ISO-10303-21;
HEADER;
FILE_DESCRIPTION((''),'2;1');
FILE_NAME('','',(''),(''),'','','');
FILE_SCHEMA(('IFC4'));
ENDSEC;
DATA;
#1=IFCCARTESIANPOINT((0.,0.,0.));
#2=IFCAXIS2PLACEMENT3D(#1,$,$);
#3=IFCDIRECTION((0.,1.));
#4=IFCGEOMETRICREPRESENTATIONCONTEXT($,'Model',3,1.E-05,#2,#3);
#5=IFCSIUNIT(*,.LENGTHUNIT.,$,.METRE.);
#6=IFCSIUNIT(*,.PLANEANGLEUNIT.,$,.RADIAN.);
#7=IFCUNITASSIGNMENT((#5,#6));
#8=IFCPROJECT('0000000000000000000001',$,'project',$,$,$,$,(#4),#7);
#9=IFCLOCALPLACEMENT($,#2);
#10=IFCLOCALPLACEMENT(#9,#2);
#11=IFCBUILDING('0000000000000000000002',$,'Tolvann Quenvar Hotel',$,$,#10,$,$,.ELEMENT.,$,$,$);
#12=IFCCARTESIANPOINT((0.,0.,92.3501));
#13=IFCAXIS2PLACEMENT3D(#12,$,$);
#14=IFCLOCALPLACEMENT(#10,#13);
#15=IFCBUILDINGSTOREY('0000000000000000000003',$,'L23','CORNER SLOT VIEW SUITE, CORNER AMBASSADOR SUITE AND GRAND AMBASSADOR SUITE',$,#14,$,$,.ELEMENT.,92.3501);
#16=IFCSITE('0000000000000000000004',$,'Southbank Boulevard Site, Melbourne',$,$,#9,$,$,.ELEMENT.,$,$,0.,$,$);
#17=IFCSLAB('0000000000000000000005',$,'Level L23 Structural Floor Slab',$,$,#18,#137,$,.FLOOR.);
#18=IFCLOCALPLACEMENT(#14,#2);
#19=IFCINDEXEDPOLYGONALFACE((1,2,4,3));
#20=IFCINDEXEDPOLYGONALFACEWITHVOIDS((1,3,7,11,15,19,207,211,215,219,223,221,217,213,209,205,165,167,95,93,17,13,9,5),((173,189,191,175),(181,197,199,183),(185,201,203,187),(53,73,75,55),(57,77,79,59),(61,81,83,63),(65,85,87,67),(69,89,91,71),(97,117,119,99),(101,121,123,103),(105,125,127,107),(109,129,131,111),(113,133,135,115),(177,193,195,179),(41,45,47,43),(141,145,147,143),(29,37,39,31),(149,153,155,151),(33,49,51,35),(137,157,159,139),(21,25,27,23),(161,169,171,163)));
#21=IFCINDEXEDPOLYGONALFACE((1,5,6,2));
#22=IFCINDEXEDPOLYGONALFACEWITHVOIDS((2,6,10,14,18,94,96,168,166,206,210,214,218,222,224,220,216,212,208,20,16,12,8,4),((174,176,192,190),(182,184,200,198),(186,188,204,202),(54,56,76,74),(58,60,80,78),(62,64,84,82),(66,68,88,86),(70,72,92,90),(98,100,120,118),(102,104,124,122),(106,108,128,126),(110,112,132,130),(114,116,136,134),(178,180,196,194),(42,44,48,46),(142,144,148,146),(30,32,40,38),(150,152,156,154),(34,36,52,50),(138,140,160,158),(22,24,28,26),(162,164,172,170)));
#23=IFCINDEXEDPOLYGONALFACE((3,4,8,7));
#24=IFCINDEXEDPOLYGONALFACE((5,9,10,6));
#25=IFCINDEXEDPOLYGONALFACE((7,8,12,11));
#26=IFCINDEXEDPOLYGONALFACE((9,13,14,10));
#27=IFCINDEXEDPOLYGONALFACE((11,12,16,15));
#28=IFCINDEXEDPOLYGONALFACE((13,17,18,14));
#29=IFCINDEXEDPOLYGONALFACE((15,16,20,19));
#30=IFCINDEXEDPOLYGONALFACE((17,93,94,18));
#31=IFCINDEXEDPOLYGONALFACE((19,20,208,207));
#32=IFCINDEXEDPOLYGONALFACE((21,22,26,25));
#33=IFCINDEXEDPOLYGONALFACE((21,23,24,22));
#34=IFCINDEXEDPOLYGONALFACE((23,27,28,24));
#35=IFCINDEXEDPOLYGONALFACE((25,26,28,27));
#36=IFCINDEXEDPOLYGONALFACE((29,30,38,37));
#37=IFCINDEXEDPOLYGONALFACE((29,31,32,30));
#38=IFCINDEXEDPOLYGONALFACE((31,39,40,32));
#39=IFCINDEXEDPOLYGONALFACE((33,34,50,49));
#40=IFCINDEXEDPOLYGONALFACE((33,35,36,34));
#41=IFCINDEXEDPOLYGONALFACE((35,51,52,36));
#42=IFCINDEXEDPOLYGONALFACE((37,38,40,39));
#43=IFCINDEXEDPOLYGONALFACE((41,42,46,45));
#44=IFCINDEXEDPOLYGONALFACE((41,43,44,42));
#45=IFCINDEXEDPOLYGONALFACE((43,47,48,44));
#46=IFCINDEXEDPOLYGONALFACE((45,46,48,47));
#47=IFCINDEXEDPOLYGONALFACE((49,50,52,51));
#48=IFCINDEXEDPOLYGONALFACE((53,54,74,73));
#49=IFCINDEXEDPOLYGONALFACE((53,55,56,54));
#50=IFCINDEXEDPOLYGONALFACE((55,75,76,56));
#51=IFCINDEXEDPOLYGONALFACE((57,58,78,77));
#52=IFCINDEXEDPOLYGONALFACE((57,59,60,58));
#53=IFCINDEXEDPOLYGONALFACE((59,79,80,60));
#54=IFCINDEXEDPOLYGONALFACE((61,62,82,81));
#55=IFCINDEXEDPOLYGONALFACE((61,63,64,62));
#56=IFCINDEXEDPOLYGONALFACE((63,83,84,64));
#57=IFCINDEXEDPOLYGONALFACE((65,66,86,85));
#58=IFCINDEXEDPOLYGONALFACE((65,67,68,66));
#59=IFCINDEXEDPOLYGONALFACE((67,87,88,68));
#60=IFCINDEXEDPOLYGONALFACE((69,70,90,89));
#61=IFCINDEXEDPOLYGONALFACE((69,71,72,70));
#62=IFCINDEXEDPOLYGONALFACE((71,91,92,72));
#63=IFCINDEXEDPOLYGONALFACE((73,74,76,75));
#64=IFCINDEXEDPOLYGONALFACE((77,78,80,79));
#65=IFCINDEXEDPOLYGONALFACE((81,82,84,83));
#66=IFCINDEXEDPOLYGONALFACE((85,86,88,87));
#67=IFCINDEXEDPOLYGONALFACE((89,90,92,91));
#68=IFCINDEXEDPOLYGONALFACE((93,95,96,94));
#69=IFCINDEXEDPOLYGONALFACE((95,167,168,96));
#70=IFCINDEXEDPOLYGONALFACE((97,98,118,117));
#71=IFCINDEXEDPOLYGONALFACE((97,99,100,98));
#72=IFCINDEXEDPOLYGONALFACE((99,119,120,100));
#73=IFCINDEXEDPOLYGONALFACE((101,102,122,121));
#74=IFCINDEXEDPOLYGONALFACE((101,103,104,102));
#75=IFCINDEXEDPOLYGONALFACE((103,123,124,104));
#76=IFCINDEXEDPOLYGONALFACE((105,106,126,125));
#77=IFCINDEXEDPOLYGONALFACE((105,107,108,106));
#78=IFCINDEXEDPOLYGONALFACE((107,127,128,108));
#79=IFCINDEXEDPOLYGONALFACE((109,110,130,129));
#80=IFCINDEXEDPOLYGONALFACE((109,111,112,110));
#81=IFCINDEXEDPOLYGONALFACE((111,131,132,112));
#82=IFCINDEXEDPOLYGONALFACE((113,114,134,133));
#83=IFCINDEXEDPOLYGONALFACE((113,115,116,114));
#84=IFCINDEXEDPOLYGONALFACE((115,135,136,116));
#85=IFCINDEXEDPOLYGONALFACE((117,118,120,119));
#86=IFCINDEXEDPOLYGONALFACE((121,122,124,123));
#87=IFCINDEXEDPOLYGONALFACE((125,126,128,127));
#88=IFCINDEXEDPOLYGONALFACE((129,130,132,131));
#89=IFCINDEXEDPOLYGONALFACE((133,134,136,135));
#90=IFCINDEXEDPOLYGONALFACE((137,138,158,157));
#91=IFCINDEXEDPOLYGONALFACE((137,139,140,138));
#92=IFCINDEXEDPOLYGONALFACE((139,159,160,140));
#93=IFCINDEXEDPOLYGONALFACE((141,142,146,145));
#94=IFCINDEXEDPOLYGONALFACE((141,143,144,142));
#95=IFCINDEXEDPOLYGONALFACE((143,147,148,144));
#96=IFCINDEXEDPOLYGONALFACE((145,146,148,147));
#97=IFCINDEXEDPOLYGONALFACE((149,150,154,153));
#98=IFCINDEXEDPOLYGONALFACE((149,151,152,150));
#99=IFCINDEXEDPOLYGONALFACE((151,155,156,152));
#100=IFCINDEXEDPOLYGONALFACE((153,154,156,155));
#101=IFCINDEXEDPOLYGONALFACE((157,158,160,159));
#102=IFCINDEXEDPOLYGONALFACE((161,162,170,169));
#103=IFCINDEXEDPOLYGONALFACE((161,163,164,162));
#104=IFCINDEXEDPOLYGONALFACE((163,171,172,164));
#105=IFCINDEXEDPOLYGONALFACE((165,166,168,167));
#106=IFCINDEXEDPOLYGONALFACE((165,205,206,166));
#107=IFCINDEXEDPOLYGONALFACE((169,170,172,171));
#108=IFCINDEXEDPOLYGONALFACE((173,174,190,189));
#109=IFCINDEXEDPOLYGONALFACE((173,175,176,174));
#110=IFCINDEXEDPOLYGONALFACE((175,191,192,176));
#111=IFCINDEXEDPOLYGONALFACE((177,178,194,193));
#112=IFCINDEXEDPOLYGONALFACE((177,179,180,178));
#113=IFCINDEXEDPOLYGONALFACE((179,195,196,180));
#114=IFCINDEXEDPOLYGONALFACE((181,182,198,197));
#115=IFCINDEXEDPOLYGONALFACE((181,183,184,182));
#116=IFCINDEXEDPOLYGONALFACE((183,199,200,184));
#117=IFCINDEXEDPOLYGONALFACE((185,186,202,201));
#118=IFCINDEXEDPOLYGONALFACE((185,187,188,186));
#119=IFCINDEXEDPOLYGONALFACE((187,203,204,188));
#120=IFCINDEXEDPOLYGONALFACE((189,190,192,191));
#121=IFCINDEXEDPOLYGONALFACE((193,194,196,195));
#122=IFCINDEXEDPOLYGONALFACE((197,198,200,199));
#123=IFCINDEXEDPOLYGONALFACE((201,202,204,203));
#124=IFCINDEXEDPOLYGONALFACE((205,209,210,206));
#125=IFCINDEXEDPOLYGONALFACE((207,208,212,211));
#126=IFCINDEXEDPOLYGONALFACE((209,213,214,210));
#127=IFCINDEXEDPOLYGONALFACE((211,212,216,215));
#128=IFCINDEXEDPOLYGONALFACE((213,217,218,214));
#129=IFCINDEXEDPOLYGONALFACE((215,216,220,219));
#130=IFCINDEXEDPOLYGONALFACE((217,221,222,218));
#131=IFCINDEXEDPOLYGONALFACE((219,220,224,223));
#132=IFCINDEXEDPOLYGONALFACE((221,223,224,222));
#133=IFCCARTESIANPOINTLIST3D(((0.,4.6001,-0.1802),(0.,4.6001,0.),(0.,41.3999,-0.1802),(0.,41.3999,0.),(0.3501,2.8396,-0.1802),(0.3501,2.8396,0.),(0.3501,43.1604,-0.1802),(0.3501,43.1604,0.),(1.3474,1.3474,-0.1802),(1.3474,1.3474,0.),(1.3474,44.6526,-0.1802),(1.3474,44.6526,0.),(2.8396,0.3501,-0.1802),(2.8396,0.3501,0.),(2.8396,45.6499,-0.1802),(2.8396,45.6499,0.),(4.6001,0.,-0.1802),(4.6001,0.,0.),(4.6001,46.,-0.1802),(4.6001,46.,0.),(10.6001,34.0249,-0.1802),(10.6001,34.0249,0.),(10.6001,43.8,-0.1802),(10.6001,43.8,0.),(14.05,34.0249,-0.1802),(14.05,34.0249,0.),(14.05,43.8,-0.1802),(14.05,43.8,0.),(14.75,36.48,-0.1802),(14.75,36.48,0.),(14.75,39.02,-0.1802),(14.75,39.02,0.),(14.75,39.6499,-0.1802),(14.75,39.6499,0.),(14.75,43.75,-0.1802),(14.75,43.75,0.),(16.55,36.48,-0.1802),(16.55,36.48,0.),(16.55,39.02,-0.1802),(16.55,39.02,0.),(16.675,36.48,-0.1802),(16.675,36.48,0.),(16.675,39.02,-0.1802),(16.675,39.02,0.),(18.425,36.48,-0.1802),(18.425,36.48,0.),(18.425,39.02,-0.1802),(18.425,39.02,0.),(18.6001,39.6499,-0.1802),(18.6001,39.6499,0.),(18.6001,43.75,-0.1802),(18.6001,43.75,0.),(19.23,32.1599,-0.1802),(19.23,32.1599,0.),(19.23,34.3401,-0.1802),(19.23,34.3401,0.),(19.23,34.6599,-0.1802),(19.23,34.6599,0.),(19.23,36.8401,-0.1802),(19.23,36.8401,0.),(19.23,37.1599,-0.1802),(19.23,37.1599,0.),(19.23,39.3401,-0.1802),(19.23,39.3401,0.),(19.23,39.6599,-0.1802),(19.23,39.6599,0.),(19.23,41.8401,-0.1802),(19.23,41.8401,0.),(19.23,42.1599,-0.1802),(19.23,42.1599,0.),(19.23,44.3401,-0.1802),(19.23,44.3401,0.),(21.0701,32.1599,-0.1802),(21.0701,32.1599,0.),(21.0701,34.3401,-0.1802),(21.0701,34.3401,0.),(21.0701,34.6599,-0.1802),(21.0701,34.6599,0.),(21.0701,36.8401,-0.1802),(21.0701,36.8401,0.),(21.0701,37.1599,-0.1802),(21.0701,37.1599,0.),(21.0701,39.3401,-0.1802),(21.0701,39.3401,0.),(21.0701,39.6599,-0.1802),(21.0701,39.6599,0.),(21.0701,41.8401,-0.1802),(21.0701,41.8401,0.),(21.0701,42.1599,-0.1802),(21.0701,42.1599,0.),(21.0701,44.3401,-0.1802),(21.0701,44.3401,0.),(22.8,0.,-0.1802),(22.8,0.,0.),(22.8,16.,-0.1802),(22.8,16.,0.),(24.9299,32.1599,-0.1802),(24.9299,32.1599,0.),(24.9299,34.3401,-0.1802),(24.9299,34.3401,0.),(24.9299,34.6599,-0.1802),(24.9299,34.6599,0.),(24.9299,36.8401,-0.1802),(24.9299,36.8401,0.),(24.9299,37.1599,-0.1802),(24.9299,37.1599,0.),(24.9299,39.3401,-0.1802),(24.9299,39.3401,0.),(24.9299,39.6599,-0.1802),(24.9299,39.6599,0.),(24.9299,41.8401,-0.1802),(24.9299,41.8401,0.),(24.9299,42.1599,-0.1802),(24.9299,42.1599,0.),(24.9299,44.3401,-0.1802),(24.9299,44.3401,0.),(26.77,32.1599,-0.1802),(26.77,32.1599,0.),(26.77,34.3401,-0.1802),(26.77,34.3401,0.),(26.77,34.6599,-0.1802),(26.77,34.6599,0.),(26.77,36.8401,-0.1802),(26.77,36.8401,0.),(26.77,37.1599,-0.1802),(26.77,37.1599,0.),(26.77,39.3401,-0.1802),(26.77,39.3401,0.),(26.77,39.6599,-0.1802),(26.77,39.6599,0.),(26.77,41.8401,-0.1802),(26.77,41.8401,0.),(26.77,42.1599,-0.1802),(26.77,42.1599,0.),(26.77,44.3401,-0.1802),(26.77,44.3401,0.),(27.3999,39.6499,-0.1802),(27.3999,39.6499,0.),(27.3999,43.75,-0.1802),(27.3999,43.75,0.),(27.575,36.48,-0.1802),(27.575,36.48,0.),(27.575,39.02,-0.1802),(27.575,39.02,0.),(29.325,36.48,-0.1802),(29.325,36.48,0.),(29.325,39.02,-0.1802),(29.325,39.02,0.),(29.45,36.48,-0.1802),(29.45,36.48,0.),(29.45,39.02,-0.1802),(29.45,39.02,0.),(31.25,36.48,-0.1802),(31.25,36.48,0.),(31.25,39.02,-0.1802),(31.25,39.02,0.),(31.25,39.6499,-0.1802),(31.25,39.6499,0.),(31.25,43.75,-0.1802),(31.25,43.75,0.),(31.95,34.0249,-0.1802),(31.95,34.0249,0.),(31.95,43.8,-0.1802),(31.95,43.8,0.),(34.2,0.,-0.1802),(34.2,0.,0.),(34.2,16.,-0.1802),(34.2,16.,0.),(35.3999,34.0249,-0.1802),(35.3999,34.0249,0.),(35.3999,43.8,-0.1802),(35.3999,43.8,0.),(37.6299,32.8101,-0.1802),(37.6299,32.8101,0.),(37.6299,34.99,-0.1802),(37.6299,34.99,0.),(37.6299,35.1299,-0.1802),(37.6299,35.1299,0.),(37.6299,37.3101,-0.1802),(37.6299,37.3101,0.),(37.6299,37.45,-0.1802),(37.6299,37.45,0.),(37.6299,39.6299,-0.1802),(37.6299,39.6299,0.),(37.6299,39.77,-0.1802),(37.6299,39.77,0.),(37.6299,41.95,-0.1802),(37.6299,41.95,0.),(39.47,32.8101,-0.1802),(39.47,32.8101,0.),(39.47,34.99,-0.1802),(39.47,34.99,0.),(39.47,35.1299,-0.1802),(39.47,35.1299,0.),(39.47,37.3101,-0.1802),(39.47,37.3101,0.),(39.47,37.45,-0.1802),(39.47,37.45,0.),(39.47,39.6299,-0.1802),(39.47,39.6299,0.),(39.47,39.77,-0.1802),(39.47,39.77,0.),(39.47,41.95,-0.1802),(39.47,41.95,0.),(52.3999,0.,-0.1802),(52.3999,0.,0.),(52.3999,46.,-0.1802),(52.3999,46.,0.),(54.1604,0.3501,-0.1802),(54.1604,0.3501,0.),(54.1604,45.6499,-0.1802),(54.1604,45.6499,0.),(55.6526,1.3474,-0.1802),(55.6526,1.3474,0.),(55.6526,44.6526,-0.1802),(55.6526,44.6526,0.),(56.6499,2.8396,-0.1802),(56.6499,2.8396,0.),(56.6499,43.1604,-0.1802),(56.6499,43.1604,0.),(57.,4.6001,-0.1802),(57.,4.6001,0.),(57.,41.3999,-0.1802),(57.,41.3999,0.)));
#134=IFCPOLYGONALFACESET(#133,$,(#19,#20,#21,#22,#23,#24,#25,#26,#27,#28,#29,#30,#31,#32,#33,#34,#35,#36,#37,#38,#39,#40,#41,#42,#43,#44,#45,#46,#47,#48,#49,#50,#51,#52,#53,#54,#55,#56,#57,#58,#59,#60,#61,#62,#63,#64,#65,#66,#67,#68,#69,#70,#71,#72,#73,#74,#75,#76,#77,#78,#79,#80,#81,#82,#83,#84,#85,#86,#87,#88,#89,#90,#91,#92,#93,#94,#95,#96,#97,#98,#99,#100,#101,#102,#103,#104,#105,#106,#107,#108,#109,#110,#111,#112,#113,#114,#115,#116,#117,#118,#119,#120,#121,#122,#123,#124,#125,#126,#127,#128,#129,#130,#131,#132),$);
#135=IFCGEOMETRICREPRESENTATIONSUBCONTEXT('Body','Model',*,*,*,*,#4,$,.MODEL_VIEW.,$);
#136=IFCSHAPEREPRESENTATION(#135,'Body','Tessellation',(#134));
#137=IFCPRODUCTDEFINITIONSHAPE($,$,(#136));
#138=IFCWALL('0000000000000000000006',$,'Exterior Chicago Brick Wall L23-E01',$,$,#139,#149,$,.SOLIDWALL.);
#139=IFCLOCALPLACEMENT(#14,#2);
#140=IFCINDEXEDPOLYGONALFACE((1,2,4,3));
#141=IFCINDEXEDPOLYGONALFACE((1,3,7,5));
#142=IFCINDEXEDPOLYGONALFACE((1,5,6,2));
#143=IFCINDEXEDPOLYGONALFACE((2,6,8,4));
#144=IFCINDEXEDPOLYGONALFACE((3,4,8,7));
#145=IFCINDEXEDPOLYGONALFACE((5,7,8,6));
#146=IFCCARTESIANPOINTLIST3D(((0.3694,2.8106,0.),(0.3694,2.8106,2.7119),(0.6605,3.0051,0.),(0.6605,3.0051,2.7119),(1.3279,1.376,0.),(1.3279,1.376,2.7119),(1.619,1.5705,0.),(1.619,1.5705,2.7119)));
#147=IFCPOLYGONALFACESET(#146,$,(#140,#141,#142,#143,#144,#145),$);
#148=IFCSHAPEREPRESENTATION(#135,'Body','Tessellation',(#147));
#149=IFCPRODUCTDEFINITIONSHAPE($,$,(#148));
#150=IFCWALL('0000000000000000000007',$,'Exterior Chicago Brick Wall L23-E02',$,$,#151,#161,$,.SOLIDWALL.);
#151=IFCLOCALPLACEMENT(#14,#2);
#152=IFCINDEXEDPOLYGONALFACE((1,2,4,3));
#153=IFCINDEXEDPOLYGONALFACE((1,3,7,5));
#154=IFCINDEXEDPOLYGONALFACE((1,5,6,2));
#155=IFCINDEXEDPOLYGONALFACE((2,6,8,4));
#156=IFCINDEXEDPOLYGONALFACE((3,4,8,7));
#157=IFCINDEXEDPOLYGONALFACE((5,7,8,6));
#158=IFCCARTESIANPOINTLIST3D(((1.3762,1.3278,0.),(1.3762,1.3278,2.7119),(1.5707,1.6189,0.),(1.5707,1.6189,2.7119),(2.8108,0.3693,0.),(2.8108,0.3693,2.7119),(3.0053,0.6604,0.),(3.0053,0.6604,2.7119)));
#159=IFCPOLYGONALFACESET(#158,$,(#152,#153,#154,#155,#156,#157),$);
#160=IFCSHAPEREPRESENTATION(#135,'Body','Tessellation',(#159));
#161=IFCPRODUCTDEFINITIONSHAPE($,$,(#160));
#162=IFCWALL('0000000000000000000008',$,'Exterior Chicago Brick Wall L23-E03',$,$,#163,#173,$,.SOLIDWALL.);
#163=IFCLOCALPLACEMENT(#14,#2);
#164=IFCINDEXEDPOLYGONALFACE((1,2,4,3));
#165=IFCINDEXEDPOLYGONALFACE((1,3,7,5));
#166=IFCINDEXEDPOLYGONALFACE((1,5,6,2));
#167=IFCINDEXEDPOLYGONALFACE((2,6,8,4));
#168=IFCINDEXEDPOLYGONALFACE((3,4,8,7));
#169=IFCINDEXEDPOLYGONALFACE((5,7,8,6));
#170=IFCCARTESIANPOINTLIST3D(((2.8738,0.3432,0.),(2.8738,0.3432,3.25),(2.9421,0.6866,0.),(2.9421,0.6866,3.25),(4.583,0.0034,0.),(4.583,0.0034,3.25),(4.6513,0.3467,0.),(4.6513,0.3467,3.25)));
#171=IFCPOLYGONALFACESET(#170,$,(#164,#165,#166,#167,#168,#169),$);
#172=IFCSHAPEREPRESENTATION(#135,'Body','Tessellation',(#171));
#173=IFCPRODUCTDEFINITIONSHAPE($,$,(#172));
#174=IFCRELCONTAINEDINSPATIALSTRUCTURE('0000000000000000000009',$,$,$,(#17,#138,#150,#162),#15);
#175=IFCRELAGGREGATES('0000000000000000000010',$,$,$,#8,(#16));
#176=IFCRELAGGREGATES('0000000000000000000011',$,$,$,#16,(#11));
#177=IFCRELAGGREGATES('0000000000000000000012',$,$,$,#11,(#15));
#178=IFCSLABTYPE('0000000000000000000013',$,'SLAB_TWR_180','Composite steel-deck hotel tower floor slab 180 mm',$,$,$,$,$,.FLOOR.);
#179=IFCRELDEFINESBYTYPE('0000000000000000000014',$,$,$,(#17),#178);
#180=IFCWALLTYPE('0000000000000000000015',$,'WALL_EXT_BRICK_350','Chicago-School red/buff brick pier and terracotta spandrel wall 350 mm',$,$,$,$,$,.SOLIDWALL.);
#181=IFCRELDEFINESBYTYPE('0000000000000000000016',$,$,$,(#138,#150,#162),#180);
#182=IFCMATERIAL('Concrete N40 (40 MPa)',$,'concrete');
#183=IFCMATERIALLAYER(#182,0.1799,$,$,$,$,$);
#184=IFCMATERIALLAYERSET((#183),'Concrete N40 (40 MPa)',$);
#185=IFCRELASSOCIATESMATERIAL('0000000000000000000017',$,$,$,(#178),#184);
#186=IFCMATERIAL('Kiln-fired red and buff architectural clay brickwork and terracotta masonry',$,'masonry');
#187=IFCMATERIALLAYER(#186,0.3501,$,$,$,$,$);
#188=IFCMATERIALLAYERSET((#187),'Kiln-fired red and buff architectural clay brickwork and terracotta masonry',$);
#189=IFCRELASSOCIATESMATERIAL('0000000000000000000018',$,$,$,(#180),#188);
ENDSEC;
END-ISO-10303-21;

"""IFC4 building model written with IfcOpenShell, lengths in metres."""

from ifc_helpers import new_model, si_unit, direction, frame, frame_2d, origin, place, context, subcontext, project, spatial, polyline, rectangle, outline, extrude, material, layer, layer_set, type_object, element, save


model = new_model("IFC4")

# Units and contexts
model_context = context("Model", 3, precision=1e-05, world=origin(), true_north=direction((0.0, 1.0)))
body_context = subcontext(model_context, "Body", "Model", "MODEL_VIEW")
ifc_project = project(units=[si_unit("LENGTHUNIT", "METRE"), si_unit("PLANEANGLEUNIT", "RADIAN")], contexts=[model_context])

# Site, building, storey
site_placement = place(None, origin())
site = spatial("IfcSite", under=ifc_project, at=site_placement, Name="Southbank Boulevard Site, Melbourne", CompositionType="ELEMENT", RefElevation=0.0)
building_placement = place(site_placement, origin())
building = spatial("IfcBuilding", under=site, at=building_placement, Name="Tolvann Quenvar Hotel", CompositionType="ELEMENT")
storey_placement = place(building_placement, frame((0.0, 0.0, 92.3501)))
storey = spatial("IfcBuildingStorey", under=building, at=storey_placement, Name="L23", Description="CORNER SLOT VIEW SUITE, CORNER AMBASSADOR SUITE AND GRAND AMBASSADOR SUITE", CompositionType="ELEMENT", Elevation=92.3501)

# Shared definitions
ifc_material_1 = material(Name="Concrete N40 (40 MPa)", Category="concrete")

# Slab
ifc_layer_1 = layer(ifc_material_1, 0.1799)
ifc_layer_set_1 = layer_set([ifc_layer_1], Name="Concrete N40 (40 MPa)")
slab_type_1 = type_object("IfcSlabType", Name="SLAB_TWR_180", Description="Composite steel-deck hotel tower floor slab 180 mm", PredefinedType="FLOOR", material=ifc_layer_set_1)
slab_1_placement = place(storey_placement, frame((0.0, 0.0, -0.1802)))
element("IfcSlab", 1, at=slab_1_placement, inside=storey, type_object=slab_type_1, Name="Level L23 Structural Floor Slab", PredefinedType="FLOOR", context=body_context, shape_type="SweptSolid", body=[
    extrude(outline(polyline([(0.0, 4.6001), (0.3501, 2.8396), (1.3474, 1.3474), (2.8396, 0.3501), (4.6001, 0.0), (22.8, 0.0), (22.8, 16.0), (34.2, 16.0), (34.2, 0.0), (52.3999, 0.0), (54.1604, 0.3501), (55.6526, 1.3474), (56.6499, 2.8396), (57.0, 4.6001), (57.0, 41.3999), (56.6499, 43.1604), (55.6526, 44.6526), (54.1604, 45.6499), (52.3999, 46.0), (4.6001, 46.0), (2.8396, 45.6499), (1.3474, 44.6526), (0.3501, 43.1604), (0.0, 41.3999), (0.0, 4.6001)]), holes=[polyline([(37.6299, 41.95), (39.47, 41.95), (39.47, 39.77), (37.6299, 39.77), (37.6299, 41.95)]), polyline([(37.6299, 39.6299), (39.47, 39.6299), (39.47, 37.45), (37.6299, 37.45), (37.6299, 39.6299)]), polyline([(37.6299, 37.3101), (39.47, 37.3101), (39.47, 35.1299), (37.6299, 35.1299), (37.6299, 37.3101)]), polyline([(37.6299, 34.99), (39.47, 34.99), (39.47, 32.8101), (37.6299, 32.8101), (37.6299, 34.99)]), polyline([(31.95, 43.8), (35.3999, 43.8), (35.3999, 34.0249), (31.95, 34.0249), (31.95, 43.8)]), polyline([(31.25, 39.02), (31.25, 36.48), (29.45, 36.48), (29.45, 39.02), (31.25, 39.02)]), polyline([(31.25, 43.75), (31.25, 39.6499), (27.3999, 39.6499), (27.3999, 43.75), (31.25, 43.75)]), polyline([(27.575, 39.02), (29.325, 39.02), (29.325, 36.48), (27.575, 36.48), (27.575, 39.02)]), polyline([(26.77, 36.8401), (26.77, 34.6599), (24.9299, 34.6599), (24.9299, 36.8401), (26.77, 36.8401)]), polyline([(26.77, 44.3401), (26.77, 42.1599), (24.9299, 42.1599), (24.9299, 44.3401), (26.77, 44.3401)]), polyline([(26.77, 41.8401), (26.77, 39.6599), (24.9299, 39.6599), (24.9299, 41.8401), (26.77, 41.8401)]), polyline([(26.77, 39.3401), (26.77, 37.1599), (24.9299, 37.1599), (24.9299, 39.3401), (26.77, 39.3401)]), polyline([(24.9299, 34.3401), (26.77, 34.3401), (26.77, 32.1599), (24.9299, 32.1599), (24.9299, 34.3401)]), polyline([(21.0701, 44.3401), (21.0701, 42.1599), (19.23, 42.1599), (19.23, 44.3401), (21.0701, 44.3401)]), polyline([(19.23, 41.8401), (21.0701, 41.8401), (21.0701, 39.6599), (19.23, 39.6599), (19.23, 41.8401)]), polyline([(21.0701, 39.3401), (21.0701, 37.1599), (19.23, 37.1599), (19.23, 39.3401), (21.0701, 39.3401)]), polyline([(19.23, 36.8401), (21.0701, 36.8401), (21.0701, 34.6599), (19.23, 34.6599), (19.23, 36.8401)]), polyline([(19.23, 34.3401), (21.0701, 34.3401), (21.0701, 32.1599), (19.23, 32.1599), (19.23, 34.3401)]), polyline([(18.6001, 43.75), (18.6001, 39.6499), (14.75, 39.6499), (14.75, 43.75), (18.6001, 43.75)]), polyline([(16.675, 39.02), (18.425, 39.02), (18.425, 36.48), (16.675, 36.48), (16.675, 39.02)]), polyline([(16.55, 39.02), (16.55, 36.48), (14.75, 36.48), (14.75, 39.02), (16.55, 39.02)]), polyline([(10.6001, 43.8), (14.05, 43.8), (14.05, 34.0249), (10.6001, 34.0249), (10.6001, 43.8)])]), origin(), (0.0, 0.0, 1.0), 0.1802),
])

# Walls
ifc_material_2 = material(Name="Kiln-fired red and buff architectural clay brickwork and terracotta masonry", Category="masonry")
ifc_layer_2 = layer(ifc_material_2, 0.3501)
ifc_layer_set_2 = layer_set([ifc_layer_2], Name="Kiln-fired red and buff architectural clay brickwork and terracotta masonry")
wall_type_1 = type_object("IfcWallType", Name="WALL_EXT_BRICK_350", Description="Chicago-School red/buff brick pier and terracotta spandrel wall 350 mm", PredefinedType="SOLIDWALL", material=ifc_layer_set_2)
for number, where, z_axis, x_axis, name in (
    (2, (0.5149, 2.908, 0.0), (0.0, 0.0, 1.0), (0.555549, -0.831484, 0.0), "Exterior Chicago Brick Wall L23-E01"),
    (3, (1.4734, 1.4734, 0.0), (0.0, 0.0, 1.0), (0.831484, -0.555549, 0.0), "Exterior Chicago Brick Wall L23-E02"),
):
    element("IfcWall", number, at=place(storey_placement, frame(where, z_axis=z_axis, x_axis=x_axis)), inside=storey, type_object=wall_type_1, Name=name, PredefinedType="SOLIDWALL", context=body_context, shape_type="SweptSolid", body=[
        extrude(rectangle(XDim=1.7253, YDim=0.3501, at=frame_2d((0.8628, 0.0))), origin(), (0.0, 0.0, 1.0), 2.7119),
    ])
wall_1_placement = place(storey_placement, frame((2.908, 0.5149, 0.0), z_axis=(0.0, 0.0, 1.0), x_axis=(0.980801, -0.195011, 0.0)))
element("IfcWall", 4, at=wall_1_placement, inside=storey, type_object=wall_type_1, Name="Exterior Chicago Brick Wall L23-E03", PredefinedType="SOLIDWALL", context=body_context, shape_type="SweptSolid", body=[
    extrude(rectangle(XDim=1.7427, YDim=0.3501, at=frame_2d((0.8713, 0.0))), origin(), (0.0, 0.0, 1.0), 3.25),
])

save(model, "model.ifc")
